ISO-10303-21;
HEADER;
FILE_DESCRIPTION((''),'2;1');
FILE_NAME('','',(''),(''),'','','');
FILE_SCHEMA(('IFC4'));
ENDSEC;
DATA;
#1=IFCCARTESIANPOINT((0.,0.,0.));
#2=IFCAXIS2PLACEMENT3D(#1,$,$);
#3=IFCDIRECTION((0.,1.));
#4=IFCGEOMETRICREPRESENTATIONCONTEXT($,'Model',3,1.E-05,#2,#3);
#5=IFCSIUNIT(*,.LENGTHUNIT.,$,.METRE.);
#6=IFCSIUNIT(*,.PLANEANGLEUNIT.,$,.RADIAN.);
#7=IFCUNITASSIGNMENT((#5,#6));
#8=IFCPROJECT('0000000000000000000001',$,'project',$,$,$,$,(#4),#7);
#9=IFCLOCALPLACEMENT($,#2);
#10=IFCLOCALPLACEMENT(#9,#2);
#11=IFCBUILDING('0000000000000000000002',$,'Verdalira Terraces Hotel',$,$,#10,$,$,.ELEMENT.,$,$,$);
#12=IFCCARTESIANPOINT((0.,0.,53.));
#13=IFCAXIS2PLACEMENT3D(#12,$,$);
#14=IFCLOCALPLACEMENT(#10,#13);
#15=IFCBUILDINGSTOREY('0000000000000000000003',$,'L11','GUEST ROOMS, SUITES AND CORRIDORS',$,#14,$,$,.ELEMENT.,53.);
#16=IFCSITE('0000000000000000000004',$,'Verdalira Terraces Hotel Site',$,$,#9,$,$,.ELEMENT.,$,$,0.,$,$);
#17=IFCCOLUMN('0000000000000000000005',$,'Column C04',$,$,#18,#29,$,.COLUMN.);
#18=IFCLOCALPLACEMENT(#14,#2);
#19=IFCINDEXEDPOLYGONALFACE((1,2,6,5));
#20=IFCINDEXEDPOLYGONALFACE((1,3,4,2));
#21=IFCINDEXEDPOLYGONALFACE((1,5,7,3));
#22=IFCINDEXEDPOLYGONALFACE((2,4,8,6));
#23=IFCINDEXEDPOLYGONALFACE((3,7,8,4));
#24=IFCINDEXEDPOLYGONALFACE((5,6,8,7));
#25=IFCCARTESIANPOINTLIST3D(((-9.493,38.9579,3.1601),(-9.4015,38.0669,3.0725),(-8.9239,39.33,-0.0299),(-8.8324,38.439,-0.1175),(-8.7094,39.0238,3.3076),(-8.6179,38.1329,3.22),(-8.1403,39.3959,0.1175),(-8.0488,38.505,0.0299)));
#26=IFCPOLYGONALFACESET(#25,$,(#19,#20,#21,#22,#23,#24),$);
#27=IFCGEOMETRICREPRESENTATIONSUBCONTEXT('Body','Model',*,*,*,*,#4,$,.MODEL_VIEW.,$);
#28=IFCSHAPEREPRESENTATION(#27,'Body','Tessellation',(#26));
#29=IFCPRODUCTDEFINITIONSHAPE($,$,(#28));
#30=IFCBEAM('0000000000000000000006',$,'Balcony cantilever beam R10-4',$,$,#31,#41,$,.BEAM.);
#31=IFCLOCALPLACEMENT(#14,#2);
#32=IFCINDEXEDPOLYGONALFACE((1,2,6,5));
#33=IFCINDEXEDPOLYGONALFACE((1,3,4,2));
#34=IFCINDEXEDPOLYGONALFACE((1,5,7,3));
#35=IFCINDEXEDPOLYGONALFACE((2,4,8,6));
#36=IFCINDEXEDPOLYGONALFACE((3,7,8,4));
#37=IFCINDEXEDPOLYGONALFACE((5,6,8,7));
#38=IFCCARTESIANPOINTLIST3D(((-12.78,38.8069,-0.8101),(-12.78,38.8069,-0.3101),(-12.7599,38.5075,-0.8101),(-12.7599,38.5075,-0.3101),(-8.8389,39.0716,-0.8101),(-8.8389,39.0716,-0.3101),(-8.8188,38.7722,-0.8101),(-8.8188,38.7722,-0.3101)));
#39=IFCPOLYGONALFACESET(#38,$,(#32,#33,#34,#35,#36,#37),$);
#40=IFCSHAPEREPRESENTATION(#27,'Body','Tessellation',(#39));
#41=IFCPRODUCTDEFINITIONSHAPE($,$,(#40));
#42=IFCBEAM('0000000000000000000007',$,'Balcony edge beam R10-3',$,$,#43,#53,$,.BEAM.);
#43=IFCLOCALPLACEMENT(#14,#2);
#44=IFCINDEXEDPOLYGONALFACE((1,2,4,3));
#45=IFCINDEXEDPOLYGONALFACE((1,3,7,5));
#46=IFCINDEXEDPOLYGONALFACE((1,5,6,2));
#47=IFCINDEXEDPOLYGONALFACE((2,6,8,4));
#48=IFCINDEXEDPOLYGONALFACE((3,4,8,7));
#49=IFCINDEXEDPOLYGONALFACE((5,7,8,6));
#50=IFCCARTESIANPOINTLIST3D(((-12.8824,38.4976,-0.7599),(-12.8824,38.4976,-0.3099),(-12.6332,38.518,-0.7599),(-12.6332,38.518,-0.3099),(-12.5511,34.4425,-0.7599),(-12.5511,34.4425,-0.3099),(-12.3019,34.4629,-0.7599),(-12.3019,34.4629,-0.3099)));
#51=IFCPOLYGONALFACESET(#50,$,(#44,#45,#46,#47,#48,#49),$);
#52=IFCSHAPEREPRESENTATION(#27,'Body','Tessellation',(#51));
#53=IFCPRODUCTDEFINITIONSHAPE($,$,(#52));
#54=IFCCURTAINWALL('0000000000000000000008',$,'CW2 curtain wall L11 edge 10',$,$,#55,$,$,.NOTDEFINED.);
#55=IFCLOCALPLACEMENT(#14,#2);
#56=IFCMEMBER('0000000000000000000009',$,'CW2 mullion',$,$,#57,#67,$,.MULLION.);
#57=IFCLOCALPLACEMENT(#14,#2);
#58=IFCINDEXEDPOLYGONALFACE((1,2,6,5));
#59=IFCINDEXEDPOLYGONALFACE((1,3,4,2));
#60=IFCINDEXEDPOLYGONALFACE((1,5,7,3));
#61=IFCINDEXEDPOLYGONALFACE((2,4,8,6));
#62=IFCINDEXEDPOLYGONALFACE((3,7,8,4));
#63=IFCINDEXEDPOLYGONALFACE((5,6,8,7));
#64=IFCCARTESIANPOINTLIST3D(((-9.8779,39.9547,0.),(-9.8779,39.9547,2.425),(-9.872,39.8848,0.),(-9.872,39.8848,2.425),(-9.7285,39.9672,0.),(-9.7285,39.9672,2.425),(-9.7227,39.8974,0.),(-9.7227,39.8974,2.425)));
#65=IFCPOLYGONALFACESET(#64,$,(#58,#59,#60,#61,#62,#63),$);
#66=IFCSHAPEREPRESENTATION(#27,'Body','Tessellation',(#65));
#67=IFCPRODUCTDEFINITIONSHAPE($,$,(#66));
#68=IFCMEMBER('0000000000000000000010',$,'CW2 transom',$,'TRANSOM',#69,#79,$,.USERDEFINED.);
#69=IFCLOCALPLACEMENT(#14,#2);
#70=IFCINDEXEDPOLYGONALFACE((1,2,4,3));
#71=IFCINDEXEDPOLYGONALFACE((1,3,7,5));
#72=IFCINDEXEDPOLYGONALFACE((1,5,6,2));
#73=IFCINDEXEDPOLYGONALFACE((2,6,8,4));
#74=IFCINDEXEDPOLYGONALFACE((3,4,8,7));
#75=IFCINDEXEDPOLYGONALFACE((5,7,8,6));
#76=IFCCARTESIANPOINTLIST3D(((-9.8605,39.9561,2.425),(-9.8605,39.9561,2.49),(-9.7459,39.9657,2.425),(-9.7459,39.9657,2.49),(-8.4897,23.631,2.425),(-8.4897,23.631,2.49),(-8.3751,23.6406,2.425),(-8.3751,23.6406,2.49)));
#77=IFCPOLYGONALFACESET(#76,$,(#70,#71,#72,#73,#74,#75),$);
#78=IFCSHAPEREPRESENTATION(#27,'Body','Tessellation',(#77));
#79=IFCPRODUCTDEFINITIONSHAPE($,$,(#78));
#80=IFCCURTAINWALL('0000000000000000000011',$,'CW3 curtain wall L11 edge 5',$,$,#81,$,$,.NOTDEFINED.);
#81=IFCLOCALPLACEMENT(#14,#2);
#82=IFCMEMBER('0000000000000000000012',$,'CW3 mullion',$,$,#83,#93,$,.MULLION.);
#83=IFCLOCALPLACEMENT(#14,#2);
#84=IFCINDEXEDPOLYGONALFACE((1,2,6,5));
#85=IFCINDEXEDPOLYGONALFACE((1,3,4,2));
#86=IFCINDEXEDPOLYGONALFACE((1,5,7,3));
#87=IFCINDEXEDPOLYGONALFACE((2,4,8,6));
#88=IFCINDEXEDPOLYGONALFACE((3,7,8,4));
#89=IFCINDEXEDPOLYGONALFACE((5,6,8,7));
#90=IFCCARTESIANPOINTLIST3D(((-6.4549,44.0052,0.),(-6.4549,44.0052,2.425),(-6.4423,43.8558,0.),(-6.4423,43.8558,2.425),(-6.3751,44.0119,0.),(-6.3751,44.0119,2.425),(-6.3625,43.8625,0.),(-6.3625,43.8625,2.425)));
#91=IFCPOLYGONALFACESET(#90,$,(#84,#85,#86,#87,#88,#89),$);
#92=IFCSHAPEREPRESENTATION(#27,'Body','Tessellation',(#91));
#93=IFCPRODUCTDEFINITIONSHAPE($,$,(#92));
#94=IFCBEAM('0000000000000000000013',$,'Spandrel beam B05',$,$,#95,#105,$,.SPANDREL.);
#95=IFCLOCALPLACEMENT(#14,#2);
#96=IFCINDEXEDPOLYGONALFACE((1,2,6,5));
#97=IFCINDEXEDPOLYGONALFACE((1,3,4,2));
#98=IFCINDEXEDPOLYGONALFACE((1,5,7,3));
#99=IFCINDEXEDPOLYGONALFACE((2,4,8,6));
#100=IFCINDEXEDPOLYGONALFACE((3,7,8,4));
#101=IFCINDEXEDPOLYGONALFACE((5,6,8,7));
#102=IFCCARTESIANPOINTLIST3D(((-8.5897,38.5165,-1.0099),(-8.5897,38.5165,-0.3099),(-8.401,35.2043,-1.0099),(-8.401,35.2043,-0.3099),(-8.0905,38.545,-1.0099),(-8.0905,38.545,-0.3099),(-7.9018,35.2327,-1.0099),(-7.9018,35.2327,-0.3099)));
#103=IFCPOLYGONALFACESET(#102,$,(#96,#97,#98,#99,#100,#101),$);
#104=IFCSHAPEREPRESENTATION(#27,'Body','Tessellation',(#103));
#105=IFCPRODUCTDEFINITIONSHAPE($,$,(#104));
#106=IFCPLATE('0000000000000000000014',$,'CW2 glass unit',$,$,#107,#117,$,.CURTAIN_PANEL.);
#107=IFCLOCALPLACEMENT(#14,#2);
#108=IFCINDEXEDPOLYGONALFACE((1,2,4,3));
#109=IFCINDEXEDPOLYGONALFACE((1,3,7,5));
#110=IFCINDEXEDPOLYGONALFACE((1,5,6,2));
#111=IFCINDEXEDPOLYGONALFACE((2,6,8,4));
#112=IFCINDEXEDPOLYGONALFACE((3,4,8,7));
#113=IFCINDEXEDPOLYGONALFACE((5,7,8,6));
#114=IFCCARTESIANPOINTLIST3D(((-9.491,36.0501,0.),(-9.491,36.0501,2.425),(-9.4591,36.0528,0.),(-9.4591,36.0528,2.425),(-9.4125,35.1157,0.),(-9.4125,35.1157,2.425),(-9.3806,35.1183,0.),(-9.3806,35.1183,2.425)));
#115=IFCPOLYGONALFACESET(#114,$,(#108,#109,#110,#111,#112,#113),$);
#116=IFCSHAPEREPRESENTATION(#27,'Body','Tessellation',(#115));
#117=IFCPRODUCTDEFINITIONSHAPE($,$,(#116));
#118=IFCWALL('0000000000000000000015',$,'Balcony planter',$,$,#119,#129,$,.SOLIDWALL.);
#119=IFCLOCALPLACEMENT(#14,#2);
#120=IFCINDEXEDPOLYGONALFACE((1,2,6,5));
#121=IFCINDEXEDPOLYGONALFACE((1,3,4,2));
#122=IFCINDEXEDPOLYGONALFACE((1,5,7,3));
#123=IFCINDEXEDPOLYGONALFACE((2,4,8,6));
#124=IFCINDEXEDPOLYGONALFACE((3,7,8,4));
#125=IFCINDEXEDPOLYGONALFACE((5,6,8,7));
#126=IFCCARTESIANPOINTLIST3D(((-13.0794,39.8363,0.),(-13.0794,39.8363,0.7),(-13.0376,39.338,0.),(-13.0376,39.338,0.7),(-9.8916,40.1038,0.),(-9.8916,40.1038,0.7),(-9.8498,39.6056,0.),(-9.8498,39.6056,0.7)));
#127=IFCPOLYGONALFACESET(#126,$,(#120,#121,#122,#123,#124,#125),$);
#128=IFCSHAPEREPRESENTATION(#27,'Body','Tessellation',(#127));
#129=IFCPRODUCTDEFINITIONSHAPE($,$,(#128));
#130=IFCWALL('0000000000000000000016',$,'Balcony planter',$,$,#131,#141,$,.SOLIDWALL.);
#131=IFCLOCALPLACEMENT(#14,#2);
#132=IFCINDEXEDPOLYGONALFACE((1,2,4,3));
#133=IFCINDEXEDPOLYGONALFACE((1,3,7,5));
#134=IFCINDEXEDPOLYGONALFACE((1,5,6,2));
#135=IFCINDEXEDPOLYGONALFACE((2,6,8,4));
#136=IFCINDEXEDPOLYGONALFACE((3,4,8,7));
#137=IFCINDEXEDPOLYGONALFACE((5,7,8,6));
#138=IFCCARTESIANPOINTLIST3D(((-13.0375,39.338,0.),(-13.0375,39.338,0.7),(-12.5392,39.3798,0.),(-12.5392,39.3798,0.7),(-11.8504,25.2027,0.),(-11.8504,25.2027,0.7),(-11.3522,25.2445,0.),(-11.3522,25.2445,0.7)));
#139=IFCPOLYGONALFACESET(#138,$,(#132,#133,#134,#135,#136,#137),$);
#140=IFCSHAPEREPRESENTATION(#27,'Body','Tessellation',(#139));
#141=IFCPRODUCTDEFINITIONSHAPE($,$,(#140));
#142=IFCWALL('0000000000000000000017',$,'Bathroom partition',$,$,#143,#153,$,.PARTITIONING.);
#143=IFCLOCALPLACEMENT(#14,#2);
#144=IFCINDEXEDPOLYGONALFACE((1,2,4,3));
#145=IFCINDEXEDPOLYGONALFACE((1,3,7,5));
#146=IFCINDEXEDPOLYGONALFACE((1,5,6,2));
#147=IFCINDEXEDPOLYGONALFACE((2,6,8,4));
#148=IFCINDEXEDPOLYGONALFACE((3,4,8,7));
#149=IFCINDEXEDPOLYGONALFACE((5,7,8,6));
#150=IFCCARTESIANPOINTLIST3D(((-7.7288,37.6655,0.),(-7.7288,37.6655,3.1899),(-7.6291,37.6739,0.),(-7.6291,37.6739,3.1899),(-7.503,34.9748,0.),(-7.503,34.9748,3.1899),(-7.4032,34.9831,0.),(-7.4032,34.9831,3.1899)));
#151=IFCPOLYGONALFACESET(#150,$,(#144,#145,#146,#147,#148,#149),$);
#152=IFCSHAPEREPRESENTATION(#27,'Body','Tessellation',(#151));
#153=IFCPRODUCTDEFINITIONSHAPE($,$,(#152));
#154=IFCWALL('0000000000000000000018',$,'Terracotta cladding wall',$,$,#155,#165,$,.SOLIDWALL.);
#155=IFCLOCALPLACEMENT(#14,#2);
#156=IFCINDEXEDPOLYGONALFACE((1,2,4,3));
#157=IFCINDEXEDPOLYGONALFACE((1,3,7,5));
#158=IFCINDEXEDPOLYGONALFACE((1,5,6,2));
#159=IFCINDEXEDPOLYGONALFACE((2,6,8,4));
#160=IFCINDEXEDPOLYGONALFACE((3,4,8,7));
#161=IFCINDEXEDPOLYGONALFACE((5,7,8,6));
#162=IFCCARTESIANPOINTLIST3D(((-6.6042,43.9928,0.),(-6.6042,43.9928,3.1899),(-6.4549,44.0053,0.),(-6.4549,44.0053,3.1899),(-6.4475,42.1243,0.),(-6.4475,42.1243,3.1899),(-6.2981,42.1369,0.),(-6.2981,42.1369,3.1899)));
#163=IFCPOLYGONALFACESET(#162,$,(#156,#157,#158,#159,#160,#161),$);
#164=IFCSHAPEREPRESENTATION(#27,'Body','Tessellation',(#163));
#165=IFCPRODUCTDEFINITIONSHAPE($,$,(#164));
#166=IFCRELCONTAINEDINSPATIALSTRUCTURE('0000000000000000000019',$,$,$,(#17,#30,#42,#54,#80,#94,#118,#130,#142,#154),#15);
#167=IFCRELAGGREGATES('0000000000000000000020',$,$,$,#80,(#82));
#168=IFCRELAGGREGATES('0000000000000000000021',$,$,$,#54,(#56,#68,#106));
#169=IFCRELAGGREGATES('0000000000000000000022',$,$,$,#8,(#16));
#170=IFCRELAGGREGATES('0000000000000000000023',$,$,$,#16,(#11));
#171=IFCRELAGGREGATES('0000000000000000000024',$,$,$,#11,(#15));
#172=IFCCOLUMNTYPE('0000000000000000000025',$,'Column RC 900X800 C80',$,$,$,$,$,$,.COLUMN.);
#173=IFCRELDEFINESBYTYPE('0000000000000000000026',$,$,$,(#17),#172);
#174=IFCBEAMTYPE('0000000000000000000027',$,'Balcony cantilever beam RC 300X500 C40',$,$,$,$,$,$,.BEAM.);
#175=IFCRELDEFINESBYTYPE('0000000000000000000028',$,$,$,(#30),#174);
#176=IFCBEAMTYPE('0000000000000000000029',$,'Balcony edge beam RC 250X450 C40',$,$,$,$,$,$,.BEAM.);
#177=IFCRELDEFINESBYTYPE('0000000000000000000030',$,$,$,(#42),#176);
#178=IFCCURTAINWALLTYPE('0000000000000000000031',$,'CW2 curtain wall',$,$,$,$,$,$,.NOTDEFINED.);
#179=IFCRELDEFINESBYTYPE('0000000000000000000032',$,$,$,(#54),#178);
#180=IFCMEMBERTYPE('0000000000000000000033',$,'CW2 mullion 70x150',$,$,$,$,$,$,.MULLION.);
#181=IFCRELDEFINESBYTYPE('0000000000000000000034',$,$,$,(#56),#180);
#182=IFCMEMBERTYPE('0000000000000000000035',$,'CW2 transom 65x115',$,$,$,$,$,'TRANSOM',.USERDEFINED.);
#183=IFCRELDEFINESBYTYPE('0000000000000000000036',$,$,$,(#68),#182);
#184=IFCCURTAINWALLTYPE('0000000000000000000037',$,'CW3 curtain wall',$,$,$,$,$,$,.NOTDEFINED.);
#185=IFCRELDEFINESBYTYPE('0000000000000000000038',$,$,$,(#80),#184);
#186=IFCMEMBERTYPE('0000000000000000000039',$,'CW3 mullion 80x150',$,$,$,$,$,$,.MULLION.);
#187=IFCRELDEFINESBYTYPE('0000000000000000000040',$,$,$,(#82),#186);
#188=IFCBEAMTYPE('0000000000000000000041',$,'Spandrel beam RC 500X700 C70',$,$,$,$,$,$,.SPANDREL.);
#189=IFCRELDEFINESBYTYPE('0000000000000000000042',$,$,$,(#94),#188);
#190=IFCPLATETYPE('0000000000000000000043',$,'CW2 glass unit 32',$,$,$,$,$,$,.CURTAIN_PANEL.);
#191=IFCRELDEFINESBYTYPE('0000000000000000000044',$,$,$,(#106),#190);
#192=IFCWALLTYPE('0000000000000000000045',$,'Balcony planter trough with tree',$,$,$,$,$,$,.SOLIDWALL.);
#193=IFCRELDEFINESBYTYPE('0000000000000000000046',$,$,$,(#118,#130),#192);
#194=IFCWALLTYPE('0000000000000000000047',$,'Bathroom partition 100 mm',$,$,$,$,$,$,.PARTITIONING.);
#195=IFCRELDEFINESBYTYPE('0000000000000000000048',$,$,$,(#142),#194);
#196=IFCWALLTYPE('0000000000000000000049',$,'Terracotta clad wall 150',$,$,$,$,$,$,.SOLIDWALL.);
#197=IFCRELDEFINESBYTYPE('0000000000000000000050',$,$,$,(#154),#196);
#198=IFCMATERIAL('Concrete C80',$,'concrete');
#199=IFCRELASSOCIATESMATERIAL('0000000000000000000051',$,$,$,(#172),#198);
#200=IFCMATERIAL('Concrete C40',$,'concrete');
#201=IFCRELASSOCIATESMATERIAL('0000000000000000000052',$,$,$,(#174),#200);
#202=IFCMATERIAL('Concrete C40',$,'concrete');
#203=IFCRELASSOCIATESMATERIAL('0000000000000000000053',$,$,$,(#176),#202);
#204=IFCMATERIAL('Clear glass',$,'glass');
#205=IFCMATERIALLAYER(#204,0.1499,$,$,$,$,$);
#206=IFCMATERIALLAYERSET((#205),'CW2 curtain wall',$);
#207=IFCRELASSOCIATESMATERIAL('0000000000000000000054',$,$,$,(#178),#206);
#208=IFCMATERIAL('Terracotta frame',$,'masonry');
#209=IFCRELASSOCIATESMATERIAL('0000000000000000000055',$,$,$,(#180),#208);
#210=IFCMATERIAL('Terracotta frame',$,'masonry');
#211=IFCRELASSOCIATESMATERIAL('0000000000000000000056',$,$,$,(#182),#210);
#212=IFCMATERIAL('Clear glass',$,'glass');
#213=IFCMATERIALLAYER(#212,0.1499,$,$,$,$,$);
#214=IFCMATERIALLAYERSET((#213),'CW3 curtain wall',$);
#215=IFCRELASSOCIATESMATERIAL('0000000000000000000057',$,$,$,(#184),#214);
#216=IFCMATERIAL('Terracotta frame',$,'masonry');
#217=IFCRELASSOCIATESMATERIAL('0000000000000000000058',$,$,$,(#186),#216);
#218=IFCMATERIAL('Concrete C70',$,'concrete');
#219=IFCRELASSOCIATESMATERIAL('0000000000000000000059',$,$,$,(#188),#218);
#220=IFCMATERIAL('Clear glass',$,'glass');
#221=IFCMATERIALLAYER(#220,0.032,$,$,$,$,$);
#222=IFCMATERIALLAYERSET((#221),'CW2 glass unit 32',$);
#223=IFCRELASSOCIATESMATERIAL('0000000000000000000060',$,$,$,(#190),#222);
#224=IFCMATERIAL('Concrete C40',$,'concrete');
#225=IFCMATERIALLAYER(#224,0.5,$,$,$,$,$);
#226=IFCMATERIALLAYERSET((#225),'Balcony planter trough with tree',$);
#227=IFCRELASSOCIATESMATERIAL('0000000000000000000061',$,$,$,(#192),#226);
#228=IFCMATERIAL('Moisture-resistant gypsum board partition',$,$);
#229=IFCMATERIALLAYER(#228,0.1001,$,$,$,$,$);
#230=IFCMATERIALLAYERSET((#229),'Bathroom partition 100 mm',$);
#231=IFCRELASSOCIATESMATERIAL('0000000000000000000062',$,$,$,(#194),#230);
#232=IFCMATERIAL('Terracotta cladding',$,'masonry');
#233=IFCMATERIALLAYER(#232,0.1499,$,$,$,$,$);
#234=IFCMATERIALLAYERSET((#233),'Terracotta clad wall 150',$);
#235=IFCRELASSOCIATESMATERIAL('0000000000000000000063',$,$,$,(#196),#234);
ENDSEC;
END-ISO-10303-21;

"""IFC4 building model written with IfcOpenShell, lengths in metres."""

from ifc_helpers import new_model, si_unit, direction, frame, frame_2d, origin, origin_2d, place, context, subcontext, project, spatial, rectangle, extrude, material, layer, layer_set, material_profile, profile_set, type_object, element, aggregate, save


model = new_model("IFC4")

# Units and contexts
model_context = context("Model", 3, precision=1e-05, world=origin(), true_north=direction((0.0, 1.0)))
body_context = subcontext(model_context, "Body", "Model", "MODEL_VIEW")
ifc_project = project(units=[si_unit("LENGTHUNIT", "METRE"), si_unit("PLANEANGLEUNIT", "RADIAN")], contexts=[model_context])

# Site, building, storey
site_placement = place(None, origin())
site = spatial("IfcSite", under=ifc_project, at=site_placement, Name="Verdalira Terraces Hotel Site", CompositionType="ELEMENT", RefElevation=0.0)
building_placement = place(site_placement, origin())
building = spatial("IfcBuilding", under=site, at=building_placement, Name="Verdalira Terraces Hotel", CompositionType="ELEMENT")
storey_placement = place(building_placement, frame((0.0, 0.0, 53.0)))
storey = spatial("IfcBuildingStorey", under=building, at=storey_placement, Name="L11", Description="GUEST ROOMS, SUITES AND CORRIDORS", CompositionType="ELEMENT", Elevation=53.0)

# Column
ifc_material_1 = material(Name="Concrete C80", Category="concrete")
ifc_material_profile_1 = material_profile(ifc_material_1, rectangle(XDim=0.8999, YDim=0.8, at=origin_2d()), Name="RC 900X800")
ifc_profile_set_1 = profile_set([ifc_material_profile_1], Name="Concrete C80")
column_type = type_object("IfcColumnType", Name="Column RC 900X800 C80", PredefinedType="COLUMN", material=ifc_profile_set_1)
column_placement = place(storey_placement, frame((-8.4863, 38.9175, 0.0), z_axis=(-0.174482, -0.114076, 0.97803), x_axis=(0.101663, -0.990045, -0.097341)))
element("IfcColumn", 1, at=column_placement, inside=storey, type_object=column_type, Name="Column C04", PredefinedType="COLUMN", context=body_context, shape_type="SweptSolid", body=[
    extrude(rectangle(XDim=0.8999, YDim=0.8, at=origin_2d()), origin(), (0.0, 0.0, 1.0), 3.2617),
])

# Beams
ifc_material_2 = material(Name="Concrete C40", Category="concrete")
ifc_material_profile_2 = material_profile(ifc_material_2, rectangle(XDim=0.3, YDim=0.5, at=origin_2d()), Name="RC 300X500")
ifc_profile_set_2 = profile_set([ifc_material_profile_2], Name="Concrete C40")
beam_type_1 = type_object("IfcBeamType", Name="Balcony cantilever beam RC 300X500 C40", PredefinedType="BEAM", material=ifc_profile_set_2)
beam_1_placement = place(storey_placement, frame((-8.8289, 38.9219, -0.5601), z_axis=(-0.997753, -0.066999, 0.0), x_axis=(0.066999, -0.997753, 0.0)))
element("IfcBeam", 2, at=beam_1_placement, inside=storey, type_object=beam_type_1, Name="Balcony cantilever beam R10-4", PredefinedType="BEAM", context=body_context, shape_type="SweptSolid", body=[
    extrude(rectangle(XDim=0.3, YDim=0.5, at=origin_2d()), origin(), (0.0, 0.0, 1.0), 3.95),
])
ifc_material_3 = material(Name="Concrete C40", Category="concrete")
ifc_material_profile_3 = material_profile(ifc_material_3, rectangle(XDim=0.25, YDim=0.45, at=origin_2d()), Name="RC 250X450")
ifc_profile_set_3 = profile_set([ifc_material_profile_3], Name="Concrete C40")
beam_type_2 = type_object("IfcBeamType", Name="Balcony edge beam RC 250X450 C40", PredefinedType="BEAM", material=ifc_profile_set_3)
beam_2_placement = place(storey_placement, frame((-12.7578, 38.5078, -0.5349), z_axis=(0.081426, -0.996679, 0.0), x_axis=(0.996679, 0.081426, 0.0)))
element("IfcBeam", 3, at=beam_2_placement, inside=storey, type_object=beam_type_2, Name="Balcony edge beam R10-3", PredefinedType="BEAM", context=body_context, shape_type="SweptSolid", body=[
    extrude(rectangle(XDim=0.25, YDim=0.45, at=origin_2d()), origin(), (0.0, 0.0, 1.0), 4.0686),
])

# Curtain wall, members
ifc_material_4 = material(Name="Clear glass", Category="glass")
ifc_layer_1 = layer(ifc_material_4, 0.1499)
ifc_layer_set_1 = layer_set([ifc_layer_1], Name="CW2 curtain wall")
curtain_wall_type_1 = type_object("IfcCurtainWallType", Name="CW2 curtain wall", PredefinedType="NOTDEFINED", material=ifc_layer_set_1)
curtain_wall_1_placement = place(storey_placement, origin())
curtain_wall_1 = element("IfcCurtainWall", 4, at=curtain_wall_1_placement, inside=storey, type_object=curtain_wall_type_1, Name="CW2 curtain wall L11 edge 10", PredefinedType="NOTDEFINED")
ifc_material_5 = material(Name="Terracotta frame", Category="masonry")
ifc_material_profile_4 = material_profile(ifc_material_5, rectangle(XDim=0.0701, YDim=0.1499, at=origin_2d()), Name="MU 70x150")
ifc_profile_set_4 = profile_set([ifc_material_profile_4], Name="Terracotta frame")
member_type_1 = type_object("IfcMemberType", Name="CW2 mullion 70x150", PredefinedType="MULLION", material=ifc_profile_set_4)
member_1_placement = place(storey_placement, frame((-9.8003, 39.926, 0.0), z_axis=(0.0, 0.0, 1.0), x_axis=(0.083678, -0.996493, 0.0)))
member_1 = element("IfcMember", 5, at=member_1_placement, type_object=member_type_1, Name="CW2 mullion", PredefinedType="MULLION", context=body_context, shape_type="SweptSolid", body=[
    extrude(rectangle(XDim=0.0701, YDim=0.1499, at=origin_2d()), origin(), (0.0, 0.0, 1.0), 2.425),
])
ifc_material_6 = material(Name="Terracotta frame", Category="masonry")
ifc_material_profile_5 = material_profile(ifc_material_6, rectangle(XDim=0.115, YDim=0.0649, at=origin_2d()), Name="TR 65x115")
ifc_profile_set_5 = profile_set([ifc_material_profile_5], Name="Terracotta frame")
member_type_2 = type_object("IfcMemberType", Name="CW2 transom 65x115", ElementType="TRANSOM", PredefinedType="USERDEFINED", material=ifc_profile_set_5)
member_2_placement = place(storey_placement, frame((-9.8032, 39.9609, 2.4575), z_axis=(0.083677, -0.996493, 0.0), x_axis=(0.996493, 0.083677, 0.0)))
member_2 = element("IfcMember", 6, at=member_2_placement, type_object=member_type_2, Name="CW2 transom", ObjectType="TRANSOM", PredefinedType="USERDEFINED", context=body_context, shape_type="SweptSolid", body=[
    extrude(rectangle(XDim=0.115, YDim=0.0649, at=origin_2d()), origin(), (0.0, 0.0, 1.0), 16.3826),
])

# Curtain wall, member
ifc_material_7 = material(Name="Clear glass", Category="glass")
ifc_layer_2 = layer(ifc_material_7, 0.1499)
ifc_layer_set_2 = layer_set([ifc_layer_2], Name="CW3 curtain wall")
curtain_wall_type_2 = type_object("IfcCurtainWallType", Name="CW3 curtain wall", PredefinedType="NOTDEFINED", material=ifc_layer_set_2)
curtain_wall_2_placement = place(storey_placement, origin())
curtain_wall_2 = element("IfcCurtainWall", 7, at=curtain_wall_2_placement, inside=storey, type_object=curtain_wall_type_2, Name="CW3 curtain wall L11 edge 5", PredefinedType="NOTDEFINED")
ifc_material_8 = material(Name="Terracotta frame", Category="masonry")
ifc_material_profile_6 = material_profile(ifc_material_8, rectangle(XDim=0.0801, YDim=0.1499, at=origin_2d()), Name="MU 80x150")
ifc_profile_set_6 = profile_set([ifc_material_profile_6], Name="Terracotta frame")
member_type_3 = type_object("IfcMemberType", Name="CW3 mullion 80x150", PredefinedType="MULLION", material=ifc_profile_set_6)
member_3_placement = place(storey_placement, frame((-6.4087, 43.9338, 0.0), z_axis=(0.0, 0.0, 1.0), x_axis=(-0.996493, -0.083678, 0.0)))
member_3 = element("IfcMember", 8, at=member_3_placement, type_object=member_type_3, Name="CW3 mullion", PredefinedType="MULLION", context=body_context, shape_type="SweptSolid", body=[
    extrude(rectangle(XDim=0.0801, YDim=0.1499, at=origin_2d()), origin(), (0.0, 0.0, 1.0), 2.425),
])
aggregate(curtain_wall_2, [member_3])

# Beam
ifc_material_9 = material(Name="Concrete C70", Category="concrete")
ifc_material_profile_7 = material_profile(ifc_material_9, rectangle(XDim=0.5, YDim=0.7, at=origin_2d()), Name="RC 500X700")
ifc_profile_set_7 = profile_set([ifc_material_profile_7], Name="Concrete C70")
beam_type_3 = type_object("IfcBeamType", Name="Spandrel beam RC 500X700 C70", PredefinedType="SPANDREL", material=ifc_profile_set_7)
beam_3_placement = place(storey_placement, frame((-8.3401, 38.5308, -0.6599), z_axis=(0.056884, -0.998381, 0.0), x_axis=(0.998381, 0.056884, 0.0)))
element("IfcBeam", 9, at=beam_3_placement, inside=storey, type_object=beam_type_3, Name="Spandrel beam B05", PredefinedType="SPANDREL", context=body_context, shape_type="SweptSolid", body=[
    extrude(rectangle(XDim=0.5, YDim=0.7, at=origin_2d()), origin(), (0.0, 0.0, 1.0), 3.3176),
])

# Plate
ifc_material_10 = material(Name="Clear glass", Category="glass")
ifc_layer_3 = layer(ifc_material_10, 0.032)
ifc_layer_set_3 = layer_set([ifc_layer_3], Name="CW2 glass unit 32")
plate_type = type_object("IfcPlateType", Name="CW2 glass unit 32", PredefinedType="CURTAIN_PANEL", material=ifc_layer_set_3)
plate_placement = place(storey_placement, frame((-9.4358, 35.5842, 0.0), z_axis=(0.0, 0.0, 1.0), x_axis=(0.083678, -0.996493, 0.0)))
plate = element("IfcPlate", 10, at=plate_placement, type_object=plate_type, Name="CW2 glass unit", PredefinedType="CURTAIN_PANEL", context=body_context, shape_type="SweptSolid", body=[
    extrude(rectangle(XDim=0.9377, YDim=0.032, at=origin_2d()), origin(), (0.0, 0.0, 1.0), 2.425),
])
aggregate(curtain_wall_1, [member_1, member_2, plate])

# Walls
ifc_material_11 = material(Name="Concrete C40", Category="concrete")
ifc_layer_4 = layer(ifc_material_11, 0.5)
ifc_layer_set_4 = layer_set([ifc_layer_4], Name="Balcony planter trough with tree")
wall_type_1 = type_object("IfcWallType", Name="Balcony planter trough with tree", PredefinedType="SOLIDWALL", material=ifc_layer_set_4)
wall_1_placement = place(storey_placement, frame((-9.8706, 39.8547, 0.0), z_axis=(0.0, 0.0, 1.0), x_axis=(-0.996496, -0.083645, 0.0)))
element("IfcWall", 11, at=wall_1_placement, inside=storey, type_object=wall_type_1, Name="Balcony planter", PredefinedType="SOLIDWALL", context=body_context, shape_type="SweptSolid", body=[
    extrude(rectangle(XDim=3.199, YDim=0.5, at=frame_2d((1.5996, 0.0))), origin(), (0.0, 0.0, 1.0), 0.7),
])
wall_2_placement = place(storey_placement, frame((-12.7883, 39.3589, 0.0), z_axis=(0.0, 0.0, 1.0), x_axis=(0.083681, -0.996493, 0.0)))
element("IfcWall", 12, at=wall_2_placement, inside=storey, type_object=wall_type_1, Name="Balcony planter", PredefinedType="SOLIDWALL", context=body_context, shape_type="SweptSolid", body=[
    extrude(rectangle(XDim=14.1851, YDim=0.5, at=frame_2d((7.0925, 0.0))), origin(), (0.0, 0.0, 1.0), 0.7),
])
ifc_material_12 = material(Name="Moisture-resistant gypsum board partition")
ifc_layer_5 = layer(ifc_material_12, 0.1001)
ifc_layer_set_5 = layer_set([ifc_layer_5], Name="Bathroom partition 100 mm")
wall_type_2 = type_object("IfcWallType", Name="Bathroom partition 100 mm", PredefinedType="PARTITIONING", material=ifc_layer_set_5)
wall_3_placement = place(storey_placement, frame((-7.679, 37.6697, 0.0), z_axis=(0.0, 0.0, 1.0), x_axis=(0.083637, -0.996496, 0.0)))
element("IfcWall", 13, at=wall_3_placement, inside=storey, type_object=wall_type_2, Name="Bathroom partition", PredefinedType="PARTITIONING", context=body_context, shape_type="SweptSolid", body=[
    extrude(rectangle(XDim=2.7002, YDim=0.1001, at=frame_2d((1.3501, 0.0))), origin(), (0.0, 0.0, 1.0), 3.1899),
])
ifc_material_13 = material(Name="Terracotta cladding", Category="masonry")
ifc_layer_6 = layer(ifc_material_13, 0.1499)
ifc_layer_set_6 = layer_set([ifc_layer_6], Name="Terracotta clad wall 150")
wall_type_3 = type_object("IfcWallType", Name="Terracotta clad wall 150", PredefinedType="SOLIDWALL", material=ifc_layer_set_6)
for number, where, z_axis, x_axis, name in (
    (14, (-6.5295, 43.999, 0.0), (0.0, 0.0, 1.0), (0.083595, -0.9965, 0.0), "Terracotta cladding wall"),
):
    element("IfcWall", number, at=place(storey_placement, frame(where, z_axis=z_axis, x_axis=x_axis)), inside=storey, type_object=wall_type_3, Name=name, PredefinedType="SOLIDWALL", context=body_context, shape_type="SweptSolid", body=[
        extrude(rectangle(XDim=1.875, YDim=0.1499, at=frame_2d((0.9375, 0.0))), origin(), (0.0, 0.0, 1.0), 3.1899),
    ])

save(model, "model.ifc")
